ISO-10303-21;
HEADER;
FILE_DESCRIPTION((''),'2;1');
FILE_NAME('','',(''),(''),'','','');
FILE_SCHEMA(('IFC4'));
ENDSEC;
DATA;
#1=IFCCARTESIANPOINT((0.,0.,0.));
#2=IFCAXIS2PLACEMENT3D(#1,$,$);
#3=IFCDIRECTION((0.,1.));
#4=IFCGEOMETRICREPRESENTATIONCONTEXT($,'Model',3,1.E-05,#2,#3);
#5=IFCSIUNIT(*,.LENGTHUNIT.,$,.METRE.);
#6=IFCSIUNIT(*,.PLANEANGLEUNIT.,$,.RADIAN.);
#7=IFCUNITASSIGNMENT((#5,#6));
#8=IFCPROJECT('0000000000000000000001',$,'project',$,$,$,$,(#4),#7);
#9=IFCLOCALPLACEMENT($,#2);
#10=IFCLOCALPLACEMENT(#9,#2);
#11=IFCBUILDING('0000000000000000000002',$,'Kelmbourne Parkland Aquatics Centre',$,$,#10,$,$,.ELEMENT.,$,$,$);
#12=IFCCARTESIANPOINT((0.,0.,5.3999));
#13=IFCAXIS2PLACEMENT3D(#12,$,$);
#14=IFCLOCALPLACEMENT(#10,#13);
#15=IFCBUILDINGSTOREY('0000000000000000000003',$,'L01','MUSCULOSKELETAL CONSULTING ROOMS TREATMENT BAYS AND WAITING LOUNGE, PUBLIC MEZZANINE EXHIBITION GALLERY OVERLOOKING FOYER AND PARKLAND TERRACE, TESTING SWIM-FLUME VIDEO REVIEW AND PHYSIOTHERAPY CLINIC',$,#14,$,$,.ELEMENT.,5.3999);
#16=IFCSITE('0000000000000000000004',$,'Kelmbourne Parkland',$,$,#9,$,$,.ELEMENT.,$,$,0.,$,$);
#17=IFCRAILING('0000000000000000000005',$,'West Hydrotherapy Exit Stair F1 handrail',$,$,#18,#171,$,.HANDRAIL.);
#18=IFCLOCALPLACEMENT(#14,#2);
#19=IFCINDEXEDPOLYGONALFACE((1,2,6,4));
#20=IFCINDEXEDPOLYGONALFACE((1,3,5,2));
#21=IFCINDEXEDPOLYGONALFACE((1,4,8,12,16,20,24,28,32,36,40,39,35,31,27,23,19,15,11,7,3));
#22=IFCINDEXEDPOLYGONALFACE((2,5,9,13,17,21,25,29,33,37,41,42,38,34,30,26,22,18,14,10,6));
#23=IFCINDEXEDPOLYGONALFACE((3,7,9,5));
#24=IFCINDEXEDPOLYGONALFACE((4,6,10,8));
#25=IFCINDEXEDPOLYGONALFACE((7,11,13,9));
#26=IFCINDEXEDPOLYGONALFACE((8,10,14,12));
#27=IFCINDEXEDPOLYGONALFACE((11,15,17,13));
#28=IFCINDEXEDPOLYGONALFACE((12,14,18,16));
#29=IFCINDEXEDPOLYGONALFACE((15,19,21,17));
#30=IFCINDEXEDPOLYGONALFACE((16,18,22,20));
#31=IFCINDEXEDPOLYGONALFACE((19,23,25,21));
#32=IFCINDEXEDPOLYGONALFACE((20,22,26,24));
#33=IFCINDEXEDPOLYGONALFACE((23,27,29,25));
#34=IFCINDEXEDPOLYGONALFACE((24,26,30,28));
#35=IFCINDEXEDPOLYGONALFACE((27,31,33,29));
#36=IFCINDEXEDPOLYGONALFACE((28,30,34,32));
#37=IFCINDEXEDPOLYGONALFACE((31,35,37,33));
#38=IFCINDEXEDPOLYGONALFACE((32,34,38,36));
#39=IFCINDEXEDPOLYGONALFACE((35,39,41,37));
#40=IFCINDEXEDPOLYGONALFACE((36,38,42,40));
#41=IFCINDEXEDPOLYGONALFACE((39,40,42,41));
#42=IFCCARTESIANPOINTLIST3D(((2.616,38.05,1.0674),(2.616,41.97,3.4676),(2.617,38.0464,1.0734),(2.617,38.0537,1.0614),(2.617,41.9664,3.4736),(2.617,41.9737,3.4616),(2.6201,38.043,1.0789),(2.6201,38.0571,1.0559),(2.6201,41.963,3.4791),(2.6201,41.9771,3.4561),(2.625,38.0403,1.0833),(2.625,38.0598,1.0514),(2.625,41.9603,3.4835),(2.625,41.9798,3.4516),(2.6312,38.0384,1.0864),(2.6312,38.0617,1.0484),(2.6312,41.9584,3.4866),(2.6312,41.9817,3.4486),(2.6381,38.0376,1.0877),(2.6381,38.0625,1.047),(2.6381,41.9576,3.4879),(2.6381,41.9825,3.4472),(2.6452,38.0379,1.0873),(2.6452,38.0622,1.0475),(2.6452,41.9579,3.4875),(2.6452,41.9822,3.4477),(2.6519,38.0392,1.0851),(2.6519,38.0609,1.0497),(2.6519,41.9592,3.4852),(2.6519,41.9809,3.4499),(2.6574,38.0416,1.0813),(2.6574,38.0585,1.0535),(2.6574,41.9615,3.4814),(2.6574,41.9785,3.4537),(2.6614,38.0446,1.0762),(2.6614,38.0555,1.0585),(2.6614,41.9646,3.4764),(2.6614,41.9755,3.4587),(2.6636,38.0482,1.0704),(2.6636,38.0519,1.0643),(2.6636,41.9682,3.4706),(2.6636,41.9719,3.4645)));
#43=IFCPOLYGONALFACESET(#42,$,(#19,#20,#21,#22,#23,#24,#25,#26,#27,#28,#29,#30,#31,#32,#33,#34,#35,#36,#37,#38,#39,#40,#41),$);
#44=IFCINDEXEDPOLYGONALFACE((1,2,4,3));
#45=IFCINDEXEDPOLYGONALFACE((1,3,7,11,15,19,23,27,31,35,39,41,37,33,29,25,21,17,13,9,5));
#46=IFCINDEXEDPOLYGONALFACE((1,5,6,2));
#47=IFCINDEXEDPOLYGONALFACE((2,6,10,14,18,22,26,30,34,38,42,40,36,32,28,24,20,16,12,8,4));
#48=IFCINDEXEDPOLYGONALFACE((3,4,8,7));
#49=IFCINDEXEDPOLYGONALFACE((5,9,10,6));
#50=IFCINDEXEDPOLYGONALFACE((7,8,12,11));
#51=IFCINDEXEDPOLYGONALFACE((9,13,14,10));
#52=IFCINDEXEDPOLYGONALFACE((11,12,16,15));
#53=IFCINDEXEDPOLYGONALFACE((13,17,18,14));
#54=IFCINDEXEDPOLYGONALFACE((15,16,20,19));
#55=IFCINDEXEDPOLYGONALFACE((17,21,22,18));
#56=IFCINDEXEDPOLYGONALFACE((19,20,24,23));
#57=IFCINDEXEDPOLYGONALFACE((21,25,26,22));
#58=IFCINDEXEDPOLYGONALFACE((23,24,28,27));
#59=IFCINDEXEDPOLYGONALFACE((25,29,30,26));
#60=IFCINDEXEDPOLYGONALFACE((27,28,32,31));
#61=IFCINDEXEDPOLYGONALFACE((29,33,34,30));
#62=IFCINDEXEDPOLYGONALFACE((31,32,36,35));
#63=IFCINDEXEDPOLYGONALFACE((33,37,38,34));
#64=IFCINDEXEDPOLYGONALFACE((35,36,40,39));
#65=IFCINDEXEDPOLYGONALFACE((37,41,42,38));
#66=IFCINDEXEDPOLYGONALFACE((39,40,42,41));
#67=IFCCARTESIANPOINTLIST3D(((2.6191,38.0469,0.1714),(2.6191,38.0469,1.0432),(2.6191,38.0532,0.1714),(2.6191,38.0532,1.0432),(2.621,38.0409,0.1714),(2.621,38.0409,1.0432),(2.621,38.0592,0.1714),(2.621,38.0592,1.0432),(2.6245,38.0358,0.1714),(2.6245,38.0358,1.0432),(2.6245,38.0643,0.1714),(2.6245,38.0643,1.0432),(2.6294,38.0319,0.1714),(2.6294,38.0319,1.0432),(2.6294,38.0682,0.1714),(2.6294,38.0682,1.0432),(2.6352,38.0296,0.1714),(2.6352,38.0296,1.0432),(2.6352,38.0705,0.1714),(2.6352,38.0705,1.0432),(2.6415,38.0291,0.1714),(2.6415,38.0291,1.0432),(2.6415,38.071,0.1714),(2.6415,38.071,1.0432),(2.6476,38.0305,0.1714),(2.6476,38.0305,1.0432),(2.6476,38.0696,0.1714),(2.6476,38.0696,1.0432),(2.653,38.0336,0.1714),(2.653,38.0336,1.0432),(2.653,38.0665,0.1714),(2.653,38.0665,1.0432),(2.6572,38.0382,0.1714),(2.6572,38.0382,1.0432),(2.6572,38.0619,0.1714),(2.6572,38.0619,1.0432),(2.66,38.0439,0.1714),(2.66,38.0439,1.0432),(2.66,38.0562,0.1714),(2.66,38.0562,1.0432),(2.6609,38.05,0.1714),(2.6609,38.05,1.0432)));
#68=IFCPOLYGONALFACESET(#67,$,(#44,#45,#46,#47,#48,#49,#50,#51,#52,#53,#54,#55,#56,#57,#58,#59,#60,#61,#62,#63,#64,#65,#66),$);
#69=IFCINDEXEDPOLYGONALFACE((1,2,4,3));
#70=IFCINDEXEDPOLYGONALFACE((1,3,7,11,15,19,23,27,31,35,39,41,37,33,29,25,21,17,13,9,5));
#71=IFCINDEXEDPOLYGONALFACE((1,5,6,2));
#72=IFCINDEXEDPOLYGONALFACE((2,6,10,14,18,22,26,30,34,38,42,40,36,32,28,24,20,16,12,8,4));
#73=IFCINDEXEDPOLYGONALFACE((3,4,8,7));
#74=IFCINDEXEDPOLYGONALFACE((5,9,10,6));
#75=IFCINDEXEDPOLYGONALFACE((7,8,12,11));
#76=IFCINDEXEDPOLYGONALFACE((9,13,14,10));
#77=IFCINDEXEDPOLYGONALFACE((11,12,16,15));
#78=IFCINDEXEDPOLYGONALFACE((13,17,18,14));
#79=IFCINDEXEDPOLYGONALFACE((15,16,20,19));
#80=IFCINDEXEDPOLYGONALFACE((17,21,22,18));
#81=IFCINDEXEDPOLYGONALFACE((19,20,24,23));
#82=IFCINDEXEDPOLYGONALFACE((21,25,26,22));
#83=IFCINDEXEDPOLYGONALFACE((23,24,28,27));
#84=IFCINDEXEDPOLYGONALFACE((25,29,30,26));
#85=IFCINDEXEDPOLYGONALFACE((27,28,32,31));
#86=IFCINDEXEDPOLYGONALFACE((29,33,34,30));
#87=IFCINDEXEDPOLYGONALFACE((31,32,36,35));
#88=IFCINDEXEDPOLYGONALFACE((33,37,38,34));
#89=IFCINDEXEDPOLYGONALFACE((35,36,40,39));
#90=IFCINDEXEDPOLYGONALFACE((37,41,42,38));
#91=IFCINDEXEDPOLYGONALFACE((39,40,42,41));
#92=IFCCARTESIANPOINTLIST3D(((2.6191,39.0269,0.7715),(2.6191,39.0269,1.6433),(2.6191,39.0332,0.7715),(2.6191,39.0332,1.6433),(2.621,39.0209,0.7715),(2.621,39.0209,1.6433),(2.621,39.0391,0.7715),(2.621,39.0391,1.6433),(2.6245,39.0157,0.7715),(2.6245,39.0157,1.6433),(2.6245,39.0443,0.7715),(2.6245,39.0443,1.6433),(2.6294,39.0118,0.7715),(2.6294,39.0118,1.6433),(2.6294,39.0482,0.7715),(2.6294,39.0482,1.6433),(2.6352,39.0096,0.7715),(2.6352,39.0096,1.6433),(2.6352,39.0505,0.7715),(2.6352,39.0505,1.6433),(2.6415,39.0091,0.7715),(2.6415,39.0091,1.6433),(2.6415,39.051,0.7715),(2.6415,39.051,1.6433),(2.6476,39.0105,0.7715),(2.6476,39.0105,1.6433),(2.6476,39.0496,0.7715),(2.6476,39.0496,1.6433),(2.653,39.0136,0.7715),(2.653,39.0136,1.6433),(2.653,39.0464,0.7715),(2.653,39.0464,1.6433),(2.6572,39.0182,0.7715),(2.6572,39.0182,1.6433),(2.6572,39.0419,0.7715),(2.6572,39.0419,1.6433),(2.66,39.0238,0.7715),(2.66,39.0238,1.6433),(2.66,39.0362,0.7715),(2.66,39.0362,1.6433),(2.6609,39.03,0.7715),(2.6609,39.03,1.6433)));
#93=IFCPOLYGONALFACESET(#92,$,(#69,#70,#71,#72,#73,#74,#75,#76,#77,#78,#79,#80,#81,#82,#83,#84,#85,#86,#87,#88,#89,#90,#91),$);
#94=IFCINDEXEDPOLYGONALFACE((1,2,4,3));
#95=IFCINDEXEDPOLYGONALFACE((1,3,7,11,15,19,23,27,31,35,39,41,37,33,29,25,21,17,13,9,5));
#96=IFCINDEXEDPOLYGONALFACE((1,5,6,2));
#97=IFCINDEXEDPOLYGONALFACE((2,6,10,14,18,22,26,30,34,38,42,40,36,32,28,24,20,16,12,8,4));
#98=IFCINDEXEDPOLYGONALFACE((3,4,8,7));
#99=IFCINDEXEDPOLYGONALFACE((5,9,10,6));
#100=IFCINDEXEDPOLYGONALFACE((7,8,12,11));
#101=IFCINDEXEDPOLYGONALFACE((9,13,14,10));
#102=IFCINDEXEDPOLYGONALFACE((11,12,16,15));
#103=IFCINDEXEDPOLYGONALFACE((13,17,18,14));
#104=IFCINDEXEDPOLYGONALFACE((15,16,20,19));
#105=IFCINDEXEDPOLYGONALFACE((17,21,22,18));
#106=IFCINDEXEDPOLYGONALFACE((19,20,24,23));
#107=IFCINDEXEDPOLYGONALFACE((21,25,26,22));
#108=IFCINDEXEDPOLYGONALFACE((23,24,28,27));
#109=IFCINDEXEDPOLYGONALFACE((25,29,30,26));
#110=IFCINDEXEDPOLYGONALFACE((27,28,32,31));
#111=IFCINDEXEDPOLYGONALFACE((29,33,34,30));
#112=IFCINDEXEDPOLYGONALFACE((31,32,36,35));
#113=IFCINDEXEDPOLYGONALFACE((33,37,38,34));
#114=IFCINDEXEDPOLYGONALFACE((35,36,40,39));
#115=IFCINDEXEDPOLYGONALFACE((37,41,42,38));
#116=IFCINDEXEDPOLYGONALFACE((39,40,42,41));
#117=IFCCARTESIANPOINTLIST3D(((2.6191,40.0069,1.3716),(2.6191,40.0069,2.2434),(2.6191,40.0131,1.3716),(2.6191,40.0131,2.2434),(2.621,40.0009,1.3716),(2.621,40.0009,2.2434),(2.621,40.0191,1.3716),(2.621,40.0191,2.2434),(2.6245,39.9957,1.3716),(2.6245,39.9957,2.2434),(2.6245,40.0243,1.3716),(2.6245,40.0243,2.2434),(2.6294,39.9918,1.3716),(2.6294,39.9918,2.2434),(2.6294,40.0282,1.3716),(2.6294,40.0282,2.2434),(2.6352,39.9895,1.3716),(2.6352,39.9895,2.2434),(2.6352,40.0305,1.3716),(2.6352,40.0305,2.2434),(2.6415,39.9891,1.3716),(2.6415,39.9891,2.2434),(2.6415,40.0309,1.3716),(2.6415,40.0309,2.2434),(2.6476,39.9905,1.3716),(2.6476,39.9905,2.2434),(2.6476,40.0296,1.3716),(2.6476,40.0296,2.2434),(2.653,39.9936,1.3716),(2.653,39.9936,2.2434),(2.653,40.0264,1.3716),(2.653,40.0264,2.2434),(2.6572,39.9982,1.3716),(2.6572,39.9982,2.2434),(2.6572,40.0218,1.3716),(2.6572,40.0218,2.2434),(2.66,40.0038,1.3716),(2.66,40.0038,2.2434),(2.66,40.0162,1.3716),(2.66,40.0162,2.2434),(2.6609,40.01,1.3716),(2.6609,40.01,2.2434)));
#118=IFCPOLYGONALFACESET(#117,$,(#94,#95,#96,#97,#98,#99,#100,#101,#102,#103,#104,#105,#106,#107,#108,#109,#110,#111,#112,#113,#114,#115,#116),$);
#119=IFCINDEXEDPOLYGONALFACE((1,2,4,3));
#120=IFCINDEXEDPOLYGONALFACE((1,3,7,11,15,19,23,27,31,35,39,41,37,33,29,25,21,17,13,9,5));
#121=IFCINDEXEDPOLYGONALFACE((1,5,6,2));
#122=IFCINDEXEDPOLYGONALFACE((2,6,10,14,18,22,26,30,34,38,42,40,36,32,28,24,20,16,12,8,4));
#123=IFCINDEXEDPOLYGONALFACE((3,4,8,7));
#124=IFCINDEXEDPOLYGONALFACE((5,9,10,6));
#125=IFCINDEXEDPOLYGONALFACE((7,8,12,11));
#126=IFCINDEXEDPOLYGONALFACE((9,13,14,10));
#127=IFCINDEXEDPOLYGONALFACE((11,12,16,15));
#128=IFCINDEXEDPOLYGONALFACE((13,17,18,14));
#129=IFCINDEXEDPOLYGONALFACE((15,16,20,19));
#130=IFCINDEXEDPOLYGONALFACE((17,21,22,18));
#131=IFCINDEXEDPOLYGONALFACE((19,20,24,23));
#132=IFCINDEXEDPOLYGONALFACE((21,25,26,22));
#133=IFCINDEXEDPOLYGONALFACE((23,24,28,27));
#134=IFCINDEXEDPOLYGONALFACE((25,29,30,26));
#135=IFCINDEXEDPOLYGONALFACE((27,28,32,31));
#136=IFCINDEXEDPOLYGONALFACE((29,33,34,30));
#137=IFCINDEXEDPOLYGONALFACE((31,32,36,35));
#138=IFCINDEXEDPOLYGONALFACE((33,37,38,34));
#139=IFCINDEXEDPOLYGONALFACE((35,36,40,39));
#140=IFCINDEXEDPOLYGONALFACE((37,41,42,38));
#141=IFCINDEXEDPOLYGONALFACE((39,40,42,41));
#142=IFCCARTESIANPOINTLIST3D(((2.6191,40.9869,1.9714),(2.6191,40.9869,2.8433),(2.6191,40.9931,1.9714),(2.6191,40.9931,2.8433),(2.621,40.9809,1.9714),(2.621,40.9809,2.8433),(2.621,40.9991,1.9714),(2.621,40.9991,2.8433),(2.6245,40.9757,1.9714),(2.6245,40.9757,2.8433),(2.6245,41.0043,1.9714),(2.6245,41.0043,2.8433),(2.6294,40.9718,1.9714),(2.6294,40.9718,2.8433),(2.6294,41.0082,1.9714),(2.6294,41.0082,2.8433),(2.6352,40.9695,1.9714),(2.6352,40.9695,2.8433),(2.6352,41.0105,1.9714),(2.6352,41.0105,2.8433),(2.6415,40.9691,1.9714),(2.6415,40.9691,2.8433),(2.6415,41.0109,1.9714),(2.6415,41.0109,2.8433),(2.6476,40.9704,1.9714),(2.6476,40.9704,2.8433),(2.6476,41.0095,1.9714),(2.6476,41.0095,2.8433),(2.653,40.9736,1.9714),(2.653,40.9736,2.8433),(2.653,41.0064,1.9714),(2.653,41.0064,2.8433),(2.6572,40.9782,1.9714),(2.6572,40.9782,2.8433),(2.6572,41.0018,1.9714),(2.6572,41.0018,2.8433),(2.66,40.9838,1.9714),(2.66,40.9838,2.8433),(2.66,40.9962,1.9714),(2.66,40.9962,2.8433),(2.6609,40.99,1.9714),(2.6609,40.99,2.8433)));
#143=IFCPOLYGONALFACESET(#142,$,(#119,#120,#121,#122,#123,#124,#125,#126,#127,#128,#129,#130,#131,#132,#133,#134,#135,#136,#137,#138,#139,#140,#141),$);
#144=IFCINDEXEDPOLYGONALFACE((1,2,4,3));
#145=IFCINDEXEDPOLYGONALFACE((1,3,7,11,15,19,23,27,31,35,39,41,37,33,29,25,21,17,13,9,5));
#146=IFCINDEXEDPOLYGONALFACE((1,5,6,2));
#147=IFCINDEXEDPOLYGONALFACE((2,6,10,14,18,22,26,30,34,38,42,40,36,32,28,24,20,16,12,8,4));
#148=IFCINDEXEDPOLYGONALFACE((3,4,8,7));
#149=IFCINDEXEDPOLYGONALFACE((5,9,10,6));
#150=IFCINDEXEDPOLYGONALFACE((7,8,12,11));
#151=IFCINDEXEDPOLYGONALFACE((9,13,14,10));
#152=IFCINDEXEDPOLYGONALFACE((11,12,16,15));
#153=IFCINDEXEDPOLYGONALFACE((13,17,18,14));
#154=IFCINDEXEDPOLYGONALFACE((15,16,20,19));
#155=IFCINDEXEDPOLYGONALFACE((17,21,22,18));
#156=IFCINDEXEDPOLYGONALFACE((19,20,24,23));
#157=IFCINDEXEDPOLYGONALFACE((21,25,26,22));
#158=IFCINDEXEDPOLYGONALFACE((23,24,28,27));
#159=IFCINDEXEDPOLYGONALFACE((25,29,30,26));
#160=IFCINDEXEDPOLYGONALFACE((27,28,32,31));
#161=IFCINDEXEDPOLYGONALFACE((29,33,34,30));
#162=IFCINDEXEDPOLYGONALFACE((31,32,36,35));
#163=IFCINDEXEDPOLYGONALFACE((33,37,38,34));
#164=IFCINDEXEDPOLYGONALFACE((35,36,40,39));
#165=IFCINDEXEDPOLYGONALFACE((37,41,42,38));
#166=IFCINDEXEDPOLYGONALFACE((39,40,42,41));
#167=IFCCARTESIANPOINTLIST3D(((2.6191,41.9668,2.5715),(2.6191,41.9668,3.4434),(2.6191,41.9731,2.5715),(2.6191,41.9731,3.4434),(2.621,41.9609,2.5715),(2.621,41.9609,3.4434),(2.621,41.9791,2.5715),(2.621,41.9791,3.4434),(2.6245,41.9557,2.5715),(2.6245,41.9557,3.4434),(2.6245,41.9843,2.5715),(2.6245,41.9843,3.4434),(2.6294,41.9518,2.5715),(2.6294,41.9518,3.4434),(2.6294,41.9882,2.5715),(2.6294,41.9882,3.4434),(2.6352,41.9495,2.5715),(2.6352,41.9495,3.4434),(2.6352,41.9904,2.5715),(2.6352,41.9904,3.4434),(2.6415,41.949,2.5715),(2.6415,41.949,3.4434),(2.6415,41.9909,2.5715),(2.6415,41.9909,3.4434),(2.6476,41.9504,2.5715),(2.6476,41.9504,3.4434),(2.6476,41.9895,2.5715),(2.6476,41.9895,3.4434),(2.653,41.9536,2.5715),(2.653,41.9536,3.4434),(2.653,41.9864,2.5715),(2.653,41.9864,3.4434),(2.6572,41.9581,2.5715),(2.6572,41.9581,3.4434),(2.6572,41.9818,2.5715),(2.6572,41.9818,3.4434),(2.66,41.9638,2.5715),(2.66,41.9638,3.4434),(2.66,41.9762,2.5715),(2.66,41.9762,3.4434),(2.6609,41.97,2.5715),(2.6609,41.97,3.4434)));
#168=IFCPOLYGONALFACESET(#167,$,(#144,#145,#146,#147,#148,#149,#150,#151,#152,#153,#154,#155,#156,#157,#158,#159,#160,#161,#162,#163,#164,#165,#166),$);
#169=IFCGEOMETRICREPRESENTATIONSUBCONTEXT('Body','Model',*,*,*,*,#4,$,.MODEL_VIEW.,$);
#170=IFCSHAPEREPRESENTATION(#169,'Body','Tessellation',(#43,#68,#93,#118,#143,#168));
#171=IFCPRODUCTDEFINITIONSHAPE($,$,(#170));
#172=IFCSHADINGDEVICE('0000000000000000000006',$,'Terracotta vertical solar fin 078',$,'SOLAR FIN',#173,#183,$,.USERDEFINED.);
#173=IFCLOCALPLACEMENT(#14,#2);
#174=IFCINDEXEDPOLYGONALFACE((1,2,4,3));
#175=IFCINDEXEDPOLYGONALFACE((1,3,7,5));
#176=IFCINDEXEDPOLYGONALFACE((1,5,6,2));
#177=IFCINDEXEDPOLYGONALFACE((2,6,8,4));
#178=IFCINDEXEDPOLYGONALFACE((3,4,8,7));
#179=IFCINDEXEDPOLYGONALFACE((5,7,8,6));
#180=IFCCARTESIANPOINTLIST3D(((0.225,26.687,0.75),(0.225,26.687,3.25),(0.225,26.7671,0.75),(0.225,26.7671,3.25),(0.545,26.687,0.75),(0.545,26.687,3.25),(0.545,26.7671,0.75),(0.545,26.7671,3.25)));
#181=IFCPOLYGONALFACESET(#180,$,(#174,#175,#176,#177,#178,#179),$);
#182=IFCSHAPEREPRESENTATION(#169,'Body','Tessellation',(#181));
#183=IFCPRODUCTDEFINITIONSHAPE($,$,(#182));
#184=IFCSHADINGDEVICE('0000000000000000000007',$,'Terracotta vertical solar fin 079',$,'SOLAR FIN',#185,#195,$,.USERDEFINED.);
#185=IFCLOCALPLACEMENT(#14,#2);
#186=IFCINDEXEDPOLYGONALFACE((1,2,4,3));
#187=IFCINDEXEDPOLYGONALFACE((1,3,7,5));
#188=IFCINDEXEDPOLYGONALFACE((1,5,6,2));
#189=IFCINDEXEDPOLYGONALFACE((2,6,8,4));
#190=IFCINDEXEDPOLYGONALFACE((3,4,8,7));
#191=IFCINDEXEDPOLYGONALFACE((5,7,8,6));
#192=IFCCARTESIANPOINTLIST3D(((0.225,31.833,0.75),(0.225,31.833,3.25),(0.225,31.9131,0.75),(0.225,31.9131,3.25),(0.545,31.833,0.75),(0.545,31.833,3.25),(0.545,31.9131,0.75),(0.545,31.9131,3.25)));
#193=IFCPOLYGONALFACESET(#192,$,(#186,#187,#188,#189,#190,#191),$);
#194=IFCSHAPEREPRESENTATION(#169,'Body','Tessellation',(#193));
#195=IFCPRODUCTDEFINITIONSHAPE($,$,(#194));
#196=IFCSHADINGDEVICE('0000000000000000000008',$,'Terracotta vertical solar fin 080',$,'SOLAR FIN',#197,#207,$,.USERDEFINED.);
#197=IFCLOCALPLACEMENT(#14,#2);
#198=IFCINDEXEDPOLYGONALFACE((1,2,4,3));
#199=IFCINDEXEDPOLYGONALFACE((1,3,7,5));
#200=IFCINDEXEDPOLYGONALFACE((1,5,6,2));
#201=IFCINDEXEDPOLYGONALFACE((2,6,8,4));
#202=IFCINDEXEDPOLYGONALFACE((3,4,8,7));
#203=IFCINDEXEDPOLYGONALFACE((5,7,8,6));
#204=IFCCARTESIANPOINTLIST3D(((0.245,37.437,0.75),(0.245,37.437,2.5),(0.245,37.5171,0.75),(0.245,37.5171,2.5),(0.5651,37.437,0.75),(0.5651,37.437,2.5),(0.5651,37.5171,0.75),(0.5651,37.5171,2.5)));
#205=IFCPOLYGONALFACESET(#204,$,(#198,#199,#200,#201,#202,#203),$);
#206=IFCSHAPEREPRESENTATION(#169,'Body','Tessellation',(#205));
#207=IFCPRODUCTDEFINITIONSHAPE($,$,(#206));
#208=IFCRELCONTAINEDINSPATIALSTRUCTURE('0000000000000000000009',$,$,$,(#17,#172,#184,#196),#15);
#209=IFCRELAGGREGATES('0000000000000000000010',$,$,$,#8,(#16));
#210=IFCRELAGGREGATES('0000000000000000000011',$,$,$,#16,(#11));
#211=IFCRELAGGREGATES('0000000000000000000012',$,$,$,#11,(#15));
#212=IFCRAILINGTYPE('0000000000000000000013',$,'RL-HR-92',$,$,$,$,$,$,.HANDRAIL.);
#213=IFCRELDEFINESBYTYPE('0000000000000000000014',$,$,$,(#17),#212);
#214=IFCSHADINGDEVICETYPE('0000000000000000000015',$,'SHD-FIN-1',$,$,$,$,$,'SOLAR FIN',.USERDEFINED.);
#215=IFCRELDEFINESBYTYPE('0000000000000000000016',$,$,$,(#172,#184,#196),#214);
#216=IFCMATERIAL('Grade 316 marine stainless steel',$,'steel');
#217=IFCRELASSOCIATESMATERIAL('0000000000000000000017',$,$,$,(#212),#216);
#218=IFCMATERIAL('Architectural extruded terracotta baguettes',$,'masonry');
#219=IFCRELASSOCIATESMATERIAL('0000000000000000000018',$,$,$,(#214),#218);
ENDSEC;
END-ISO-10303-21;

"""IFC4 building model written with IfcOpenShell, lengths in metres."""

from ifc_helpers import new_model, si_unit, direction, frame, origin, origin_2d, place, context, subcontext, project, spatial, rectangle, circle, extrude, material, type_object, element, save


model = new_model("IFC4")

# Units and contexts
model_context = context("Model", 3, precision=1e-05, world=origin(), true_north=direction((0.0, 1.0)))
body_context = subcontext(model_context, "Body", "Model", "MODEL_VIEW")
ifc_project = project(units=[si_unit("LENGTHUNIT", "METRE"), si_unit("PLANEANGLEUNIT", "RADIAN")], contexts=[model_context])

# Site, building, storey
site_placement = place(None, origin())
site = spatial("IfcSite", under=ifc_project, at=site_placement, Name="Kelmbourne Parkland", CompositionType="ELEMENT", RefElevation=0.0)
building_placement = place(site_placement, origin())
building = spatial("IfcBuilding", under=site, at=building_placement, Name="Kelmbourne Parkland Aquatics Centre", CompositionType="ELEMENT")
storey_placement = place(building_placement, frame((0.0, 0.0, 5.3999)))
storey = spatial("IfcBuildingStorey", under=building, at=storey_placement, Name="L01", Description="MUSCULOSKELETAL CONSULTING ROOMS TREATMENT BAYS AND WAITING LOUNGE, PUBLIC MEZZANINE EXHIBITION GALLERY OVERLOOKING FOYER AND PARKLAND TERRACE, TESTING SWIM-FLUME VIDEO REVIEW AND PHYSIOTHERAPY CLINIC", CompositionType="ELEMENT", Elevation=5.3999)

# Railing
ifc_material_1 = material(Name="Grade 316 marine stainless steel", Category="steel")
railing_type = type_object("IfcRailingType", Name="RL-HR-92", PredefinedType="HANDRAIL", material=ifc_material_1)
railing_placement = place(storey_placement, frame((2.6399, 38.05, 0.1714)))
element("IfcRailing", 1, at=railing_placement, inside=storey, type_object=railing_type, Name="West Hydrotherapy Exit Stair F1 handrail", PredefinedType="HANDRAIL", context=body_context, shape_type="SweptSolid", body=[
    extrude(circle(Radius=0.0239, at=origin_2d()), frame((0.0, 0.0, 0.896), z_axis=(0.0, 0.852832, 0.522185), x_axis=(-1.0, 0.0, 0.0)), (0.0, 0.0, 1.0), 4.5964),
    extrude(circle(Radius=0.021, at=origin_2d()), origin(), (0.0, 0.0, 1.0), 0.8718),
    extrude(circle(Radius=0.021, at=origin_2d()), frame((0.0, 0.98, 0.6001)), (0.0, 0.0, 1.0), 0.8718),
    extrude(circle(Radius=0.021, at=origin_2d()), frame((0.0, 1.96, 1.2002)), (0.0, 0.0, 1.0), 0.8718),
    extrude(circle(Radius=0.021, at=origin_2d()), frame((0.0, 2.9399, 1.8)), (0.0, 0.0, 1.0), 0.8718),
    extrude(circle(Radius=0.021, at=origin_2d()), frame((0.0, 3.9199, 2.4001)), (0.0, 0.0, 1.0), 0.8718),
])

# Shading devices
ifc_material_2 = material(Name="Architectural extruded terracotta baguettes", Category="masonry")
shading_device_type = type_object("IfcShadingDeviceType", Name="SHD-FIN-1", ElementType="SOLAR FIN", PredefinedType="USERDEFINED", material=ifc_material_2)
for number, where, z_axis, x_axis, name in (
    (2, (0.385, 26.7271, 0.75), (0.0, 0.0, 1.0), (0.0, 1.0, 0.0), "Terracotta vertical solar fin 078"),
    (3, (0.385, 31.873, 0.75), (0.0, 0.0, 1.0), (0.0, 1.0, 0.0), "Terracotta vertical solar fin 079"),
):
    element("IfcShadingDevice", number, at=place(storey_placement, frame(where, z_axis=z_axis, x_axis=x_axis)), inside=storey, type_object=shading_device_type, Name=name, ObjectType="SOLAR FIN", PredefinedType="USERDEFINED", context=body_context, shape_type="SweptSolid", body=[
        extrude(rectangle(XDim=0.0801, YDim=0.3201, at=origin_2d()), origin(), (0.0, 0.0, 1.0), 2.5),
    ])
shading_device_placement = place(storey_placement, frame((0.405, 37.4771, 0.75), z_axis=(0.0, 0.0, 1.0), x_axis=(0.0, 1.0, 0.0)))
element("IfcShadingDevice", 4, at=shading_device_placement, inside=storey, type_object=shading_device_type, Name="Terracotta vertical solar fin 080", ObjectType="SOLAR FIN", PredefinedType="USERDEFINED", context=body_context, shape_type="SweptSolid", body=[
    extrude(rectangle(XDim=0.0801, YDim=0.3201, at=origin_2d()), origin(), (0.0, 0.0, 1.0), 1.75),
])

save(model, "model.ifc")
